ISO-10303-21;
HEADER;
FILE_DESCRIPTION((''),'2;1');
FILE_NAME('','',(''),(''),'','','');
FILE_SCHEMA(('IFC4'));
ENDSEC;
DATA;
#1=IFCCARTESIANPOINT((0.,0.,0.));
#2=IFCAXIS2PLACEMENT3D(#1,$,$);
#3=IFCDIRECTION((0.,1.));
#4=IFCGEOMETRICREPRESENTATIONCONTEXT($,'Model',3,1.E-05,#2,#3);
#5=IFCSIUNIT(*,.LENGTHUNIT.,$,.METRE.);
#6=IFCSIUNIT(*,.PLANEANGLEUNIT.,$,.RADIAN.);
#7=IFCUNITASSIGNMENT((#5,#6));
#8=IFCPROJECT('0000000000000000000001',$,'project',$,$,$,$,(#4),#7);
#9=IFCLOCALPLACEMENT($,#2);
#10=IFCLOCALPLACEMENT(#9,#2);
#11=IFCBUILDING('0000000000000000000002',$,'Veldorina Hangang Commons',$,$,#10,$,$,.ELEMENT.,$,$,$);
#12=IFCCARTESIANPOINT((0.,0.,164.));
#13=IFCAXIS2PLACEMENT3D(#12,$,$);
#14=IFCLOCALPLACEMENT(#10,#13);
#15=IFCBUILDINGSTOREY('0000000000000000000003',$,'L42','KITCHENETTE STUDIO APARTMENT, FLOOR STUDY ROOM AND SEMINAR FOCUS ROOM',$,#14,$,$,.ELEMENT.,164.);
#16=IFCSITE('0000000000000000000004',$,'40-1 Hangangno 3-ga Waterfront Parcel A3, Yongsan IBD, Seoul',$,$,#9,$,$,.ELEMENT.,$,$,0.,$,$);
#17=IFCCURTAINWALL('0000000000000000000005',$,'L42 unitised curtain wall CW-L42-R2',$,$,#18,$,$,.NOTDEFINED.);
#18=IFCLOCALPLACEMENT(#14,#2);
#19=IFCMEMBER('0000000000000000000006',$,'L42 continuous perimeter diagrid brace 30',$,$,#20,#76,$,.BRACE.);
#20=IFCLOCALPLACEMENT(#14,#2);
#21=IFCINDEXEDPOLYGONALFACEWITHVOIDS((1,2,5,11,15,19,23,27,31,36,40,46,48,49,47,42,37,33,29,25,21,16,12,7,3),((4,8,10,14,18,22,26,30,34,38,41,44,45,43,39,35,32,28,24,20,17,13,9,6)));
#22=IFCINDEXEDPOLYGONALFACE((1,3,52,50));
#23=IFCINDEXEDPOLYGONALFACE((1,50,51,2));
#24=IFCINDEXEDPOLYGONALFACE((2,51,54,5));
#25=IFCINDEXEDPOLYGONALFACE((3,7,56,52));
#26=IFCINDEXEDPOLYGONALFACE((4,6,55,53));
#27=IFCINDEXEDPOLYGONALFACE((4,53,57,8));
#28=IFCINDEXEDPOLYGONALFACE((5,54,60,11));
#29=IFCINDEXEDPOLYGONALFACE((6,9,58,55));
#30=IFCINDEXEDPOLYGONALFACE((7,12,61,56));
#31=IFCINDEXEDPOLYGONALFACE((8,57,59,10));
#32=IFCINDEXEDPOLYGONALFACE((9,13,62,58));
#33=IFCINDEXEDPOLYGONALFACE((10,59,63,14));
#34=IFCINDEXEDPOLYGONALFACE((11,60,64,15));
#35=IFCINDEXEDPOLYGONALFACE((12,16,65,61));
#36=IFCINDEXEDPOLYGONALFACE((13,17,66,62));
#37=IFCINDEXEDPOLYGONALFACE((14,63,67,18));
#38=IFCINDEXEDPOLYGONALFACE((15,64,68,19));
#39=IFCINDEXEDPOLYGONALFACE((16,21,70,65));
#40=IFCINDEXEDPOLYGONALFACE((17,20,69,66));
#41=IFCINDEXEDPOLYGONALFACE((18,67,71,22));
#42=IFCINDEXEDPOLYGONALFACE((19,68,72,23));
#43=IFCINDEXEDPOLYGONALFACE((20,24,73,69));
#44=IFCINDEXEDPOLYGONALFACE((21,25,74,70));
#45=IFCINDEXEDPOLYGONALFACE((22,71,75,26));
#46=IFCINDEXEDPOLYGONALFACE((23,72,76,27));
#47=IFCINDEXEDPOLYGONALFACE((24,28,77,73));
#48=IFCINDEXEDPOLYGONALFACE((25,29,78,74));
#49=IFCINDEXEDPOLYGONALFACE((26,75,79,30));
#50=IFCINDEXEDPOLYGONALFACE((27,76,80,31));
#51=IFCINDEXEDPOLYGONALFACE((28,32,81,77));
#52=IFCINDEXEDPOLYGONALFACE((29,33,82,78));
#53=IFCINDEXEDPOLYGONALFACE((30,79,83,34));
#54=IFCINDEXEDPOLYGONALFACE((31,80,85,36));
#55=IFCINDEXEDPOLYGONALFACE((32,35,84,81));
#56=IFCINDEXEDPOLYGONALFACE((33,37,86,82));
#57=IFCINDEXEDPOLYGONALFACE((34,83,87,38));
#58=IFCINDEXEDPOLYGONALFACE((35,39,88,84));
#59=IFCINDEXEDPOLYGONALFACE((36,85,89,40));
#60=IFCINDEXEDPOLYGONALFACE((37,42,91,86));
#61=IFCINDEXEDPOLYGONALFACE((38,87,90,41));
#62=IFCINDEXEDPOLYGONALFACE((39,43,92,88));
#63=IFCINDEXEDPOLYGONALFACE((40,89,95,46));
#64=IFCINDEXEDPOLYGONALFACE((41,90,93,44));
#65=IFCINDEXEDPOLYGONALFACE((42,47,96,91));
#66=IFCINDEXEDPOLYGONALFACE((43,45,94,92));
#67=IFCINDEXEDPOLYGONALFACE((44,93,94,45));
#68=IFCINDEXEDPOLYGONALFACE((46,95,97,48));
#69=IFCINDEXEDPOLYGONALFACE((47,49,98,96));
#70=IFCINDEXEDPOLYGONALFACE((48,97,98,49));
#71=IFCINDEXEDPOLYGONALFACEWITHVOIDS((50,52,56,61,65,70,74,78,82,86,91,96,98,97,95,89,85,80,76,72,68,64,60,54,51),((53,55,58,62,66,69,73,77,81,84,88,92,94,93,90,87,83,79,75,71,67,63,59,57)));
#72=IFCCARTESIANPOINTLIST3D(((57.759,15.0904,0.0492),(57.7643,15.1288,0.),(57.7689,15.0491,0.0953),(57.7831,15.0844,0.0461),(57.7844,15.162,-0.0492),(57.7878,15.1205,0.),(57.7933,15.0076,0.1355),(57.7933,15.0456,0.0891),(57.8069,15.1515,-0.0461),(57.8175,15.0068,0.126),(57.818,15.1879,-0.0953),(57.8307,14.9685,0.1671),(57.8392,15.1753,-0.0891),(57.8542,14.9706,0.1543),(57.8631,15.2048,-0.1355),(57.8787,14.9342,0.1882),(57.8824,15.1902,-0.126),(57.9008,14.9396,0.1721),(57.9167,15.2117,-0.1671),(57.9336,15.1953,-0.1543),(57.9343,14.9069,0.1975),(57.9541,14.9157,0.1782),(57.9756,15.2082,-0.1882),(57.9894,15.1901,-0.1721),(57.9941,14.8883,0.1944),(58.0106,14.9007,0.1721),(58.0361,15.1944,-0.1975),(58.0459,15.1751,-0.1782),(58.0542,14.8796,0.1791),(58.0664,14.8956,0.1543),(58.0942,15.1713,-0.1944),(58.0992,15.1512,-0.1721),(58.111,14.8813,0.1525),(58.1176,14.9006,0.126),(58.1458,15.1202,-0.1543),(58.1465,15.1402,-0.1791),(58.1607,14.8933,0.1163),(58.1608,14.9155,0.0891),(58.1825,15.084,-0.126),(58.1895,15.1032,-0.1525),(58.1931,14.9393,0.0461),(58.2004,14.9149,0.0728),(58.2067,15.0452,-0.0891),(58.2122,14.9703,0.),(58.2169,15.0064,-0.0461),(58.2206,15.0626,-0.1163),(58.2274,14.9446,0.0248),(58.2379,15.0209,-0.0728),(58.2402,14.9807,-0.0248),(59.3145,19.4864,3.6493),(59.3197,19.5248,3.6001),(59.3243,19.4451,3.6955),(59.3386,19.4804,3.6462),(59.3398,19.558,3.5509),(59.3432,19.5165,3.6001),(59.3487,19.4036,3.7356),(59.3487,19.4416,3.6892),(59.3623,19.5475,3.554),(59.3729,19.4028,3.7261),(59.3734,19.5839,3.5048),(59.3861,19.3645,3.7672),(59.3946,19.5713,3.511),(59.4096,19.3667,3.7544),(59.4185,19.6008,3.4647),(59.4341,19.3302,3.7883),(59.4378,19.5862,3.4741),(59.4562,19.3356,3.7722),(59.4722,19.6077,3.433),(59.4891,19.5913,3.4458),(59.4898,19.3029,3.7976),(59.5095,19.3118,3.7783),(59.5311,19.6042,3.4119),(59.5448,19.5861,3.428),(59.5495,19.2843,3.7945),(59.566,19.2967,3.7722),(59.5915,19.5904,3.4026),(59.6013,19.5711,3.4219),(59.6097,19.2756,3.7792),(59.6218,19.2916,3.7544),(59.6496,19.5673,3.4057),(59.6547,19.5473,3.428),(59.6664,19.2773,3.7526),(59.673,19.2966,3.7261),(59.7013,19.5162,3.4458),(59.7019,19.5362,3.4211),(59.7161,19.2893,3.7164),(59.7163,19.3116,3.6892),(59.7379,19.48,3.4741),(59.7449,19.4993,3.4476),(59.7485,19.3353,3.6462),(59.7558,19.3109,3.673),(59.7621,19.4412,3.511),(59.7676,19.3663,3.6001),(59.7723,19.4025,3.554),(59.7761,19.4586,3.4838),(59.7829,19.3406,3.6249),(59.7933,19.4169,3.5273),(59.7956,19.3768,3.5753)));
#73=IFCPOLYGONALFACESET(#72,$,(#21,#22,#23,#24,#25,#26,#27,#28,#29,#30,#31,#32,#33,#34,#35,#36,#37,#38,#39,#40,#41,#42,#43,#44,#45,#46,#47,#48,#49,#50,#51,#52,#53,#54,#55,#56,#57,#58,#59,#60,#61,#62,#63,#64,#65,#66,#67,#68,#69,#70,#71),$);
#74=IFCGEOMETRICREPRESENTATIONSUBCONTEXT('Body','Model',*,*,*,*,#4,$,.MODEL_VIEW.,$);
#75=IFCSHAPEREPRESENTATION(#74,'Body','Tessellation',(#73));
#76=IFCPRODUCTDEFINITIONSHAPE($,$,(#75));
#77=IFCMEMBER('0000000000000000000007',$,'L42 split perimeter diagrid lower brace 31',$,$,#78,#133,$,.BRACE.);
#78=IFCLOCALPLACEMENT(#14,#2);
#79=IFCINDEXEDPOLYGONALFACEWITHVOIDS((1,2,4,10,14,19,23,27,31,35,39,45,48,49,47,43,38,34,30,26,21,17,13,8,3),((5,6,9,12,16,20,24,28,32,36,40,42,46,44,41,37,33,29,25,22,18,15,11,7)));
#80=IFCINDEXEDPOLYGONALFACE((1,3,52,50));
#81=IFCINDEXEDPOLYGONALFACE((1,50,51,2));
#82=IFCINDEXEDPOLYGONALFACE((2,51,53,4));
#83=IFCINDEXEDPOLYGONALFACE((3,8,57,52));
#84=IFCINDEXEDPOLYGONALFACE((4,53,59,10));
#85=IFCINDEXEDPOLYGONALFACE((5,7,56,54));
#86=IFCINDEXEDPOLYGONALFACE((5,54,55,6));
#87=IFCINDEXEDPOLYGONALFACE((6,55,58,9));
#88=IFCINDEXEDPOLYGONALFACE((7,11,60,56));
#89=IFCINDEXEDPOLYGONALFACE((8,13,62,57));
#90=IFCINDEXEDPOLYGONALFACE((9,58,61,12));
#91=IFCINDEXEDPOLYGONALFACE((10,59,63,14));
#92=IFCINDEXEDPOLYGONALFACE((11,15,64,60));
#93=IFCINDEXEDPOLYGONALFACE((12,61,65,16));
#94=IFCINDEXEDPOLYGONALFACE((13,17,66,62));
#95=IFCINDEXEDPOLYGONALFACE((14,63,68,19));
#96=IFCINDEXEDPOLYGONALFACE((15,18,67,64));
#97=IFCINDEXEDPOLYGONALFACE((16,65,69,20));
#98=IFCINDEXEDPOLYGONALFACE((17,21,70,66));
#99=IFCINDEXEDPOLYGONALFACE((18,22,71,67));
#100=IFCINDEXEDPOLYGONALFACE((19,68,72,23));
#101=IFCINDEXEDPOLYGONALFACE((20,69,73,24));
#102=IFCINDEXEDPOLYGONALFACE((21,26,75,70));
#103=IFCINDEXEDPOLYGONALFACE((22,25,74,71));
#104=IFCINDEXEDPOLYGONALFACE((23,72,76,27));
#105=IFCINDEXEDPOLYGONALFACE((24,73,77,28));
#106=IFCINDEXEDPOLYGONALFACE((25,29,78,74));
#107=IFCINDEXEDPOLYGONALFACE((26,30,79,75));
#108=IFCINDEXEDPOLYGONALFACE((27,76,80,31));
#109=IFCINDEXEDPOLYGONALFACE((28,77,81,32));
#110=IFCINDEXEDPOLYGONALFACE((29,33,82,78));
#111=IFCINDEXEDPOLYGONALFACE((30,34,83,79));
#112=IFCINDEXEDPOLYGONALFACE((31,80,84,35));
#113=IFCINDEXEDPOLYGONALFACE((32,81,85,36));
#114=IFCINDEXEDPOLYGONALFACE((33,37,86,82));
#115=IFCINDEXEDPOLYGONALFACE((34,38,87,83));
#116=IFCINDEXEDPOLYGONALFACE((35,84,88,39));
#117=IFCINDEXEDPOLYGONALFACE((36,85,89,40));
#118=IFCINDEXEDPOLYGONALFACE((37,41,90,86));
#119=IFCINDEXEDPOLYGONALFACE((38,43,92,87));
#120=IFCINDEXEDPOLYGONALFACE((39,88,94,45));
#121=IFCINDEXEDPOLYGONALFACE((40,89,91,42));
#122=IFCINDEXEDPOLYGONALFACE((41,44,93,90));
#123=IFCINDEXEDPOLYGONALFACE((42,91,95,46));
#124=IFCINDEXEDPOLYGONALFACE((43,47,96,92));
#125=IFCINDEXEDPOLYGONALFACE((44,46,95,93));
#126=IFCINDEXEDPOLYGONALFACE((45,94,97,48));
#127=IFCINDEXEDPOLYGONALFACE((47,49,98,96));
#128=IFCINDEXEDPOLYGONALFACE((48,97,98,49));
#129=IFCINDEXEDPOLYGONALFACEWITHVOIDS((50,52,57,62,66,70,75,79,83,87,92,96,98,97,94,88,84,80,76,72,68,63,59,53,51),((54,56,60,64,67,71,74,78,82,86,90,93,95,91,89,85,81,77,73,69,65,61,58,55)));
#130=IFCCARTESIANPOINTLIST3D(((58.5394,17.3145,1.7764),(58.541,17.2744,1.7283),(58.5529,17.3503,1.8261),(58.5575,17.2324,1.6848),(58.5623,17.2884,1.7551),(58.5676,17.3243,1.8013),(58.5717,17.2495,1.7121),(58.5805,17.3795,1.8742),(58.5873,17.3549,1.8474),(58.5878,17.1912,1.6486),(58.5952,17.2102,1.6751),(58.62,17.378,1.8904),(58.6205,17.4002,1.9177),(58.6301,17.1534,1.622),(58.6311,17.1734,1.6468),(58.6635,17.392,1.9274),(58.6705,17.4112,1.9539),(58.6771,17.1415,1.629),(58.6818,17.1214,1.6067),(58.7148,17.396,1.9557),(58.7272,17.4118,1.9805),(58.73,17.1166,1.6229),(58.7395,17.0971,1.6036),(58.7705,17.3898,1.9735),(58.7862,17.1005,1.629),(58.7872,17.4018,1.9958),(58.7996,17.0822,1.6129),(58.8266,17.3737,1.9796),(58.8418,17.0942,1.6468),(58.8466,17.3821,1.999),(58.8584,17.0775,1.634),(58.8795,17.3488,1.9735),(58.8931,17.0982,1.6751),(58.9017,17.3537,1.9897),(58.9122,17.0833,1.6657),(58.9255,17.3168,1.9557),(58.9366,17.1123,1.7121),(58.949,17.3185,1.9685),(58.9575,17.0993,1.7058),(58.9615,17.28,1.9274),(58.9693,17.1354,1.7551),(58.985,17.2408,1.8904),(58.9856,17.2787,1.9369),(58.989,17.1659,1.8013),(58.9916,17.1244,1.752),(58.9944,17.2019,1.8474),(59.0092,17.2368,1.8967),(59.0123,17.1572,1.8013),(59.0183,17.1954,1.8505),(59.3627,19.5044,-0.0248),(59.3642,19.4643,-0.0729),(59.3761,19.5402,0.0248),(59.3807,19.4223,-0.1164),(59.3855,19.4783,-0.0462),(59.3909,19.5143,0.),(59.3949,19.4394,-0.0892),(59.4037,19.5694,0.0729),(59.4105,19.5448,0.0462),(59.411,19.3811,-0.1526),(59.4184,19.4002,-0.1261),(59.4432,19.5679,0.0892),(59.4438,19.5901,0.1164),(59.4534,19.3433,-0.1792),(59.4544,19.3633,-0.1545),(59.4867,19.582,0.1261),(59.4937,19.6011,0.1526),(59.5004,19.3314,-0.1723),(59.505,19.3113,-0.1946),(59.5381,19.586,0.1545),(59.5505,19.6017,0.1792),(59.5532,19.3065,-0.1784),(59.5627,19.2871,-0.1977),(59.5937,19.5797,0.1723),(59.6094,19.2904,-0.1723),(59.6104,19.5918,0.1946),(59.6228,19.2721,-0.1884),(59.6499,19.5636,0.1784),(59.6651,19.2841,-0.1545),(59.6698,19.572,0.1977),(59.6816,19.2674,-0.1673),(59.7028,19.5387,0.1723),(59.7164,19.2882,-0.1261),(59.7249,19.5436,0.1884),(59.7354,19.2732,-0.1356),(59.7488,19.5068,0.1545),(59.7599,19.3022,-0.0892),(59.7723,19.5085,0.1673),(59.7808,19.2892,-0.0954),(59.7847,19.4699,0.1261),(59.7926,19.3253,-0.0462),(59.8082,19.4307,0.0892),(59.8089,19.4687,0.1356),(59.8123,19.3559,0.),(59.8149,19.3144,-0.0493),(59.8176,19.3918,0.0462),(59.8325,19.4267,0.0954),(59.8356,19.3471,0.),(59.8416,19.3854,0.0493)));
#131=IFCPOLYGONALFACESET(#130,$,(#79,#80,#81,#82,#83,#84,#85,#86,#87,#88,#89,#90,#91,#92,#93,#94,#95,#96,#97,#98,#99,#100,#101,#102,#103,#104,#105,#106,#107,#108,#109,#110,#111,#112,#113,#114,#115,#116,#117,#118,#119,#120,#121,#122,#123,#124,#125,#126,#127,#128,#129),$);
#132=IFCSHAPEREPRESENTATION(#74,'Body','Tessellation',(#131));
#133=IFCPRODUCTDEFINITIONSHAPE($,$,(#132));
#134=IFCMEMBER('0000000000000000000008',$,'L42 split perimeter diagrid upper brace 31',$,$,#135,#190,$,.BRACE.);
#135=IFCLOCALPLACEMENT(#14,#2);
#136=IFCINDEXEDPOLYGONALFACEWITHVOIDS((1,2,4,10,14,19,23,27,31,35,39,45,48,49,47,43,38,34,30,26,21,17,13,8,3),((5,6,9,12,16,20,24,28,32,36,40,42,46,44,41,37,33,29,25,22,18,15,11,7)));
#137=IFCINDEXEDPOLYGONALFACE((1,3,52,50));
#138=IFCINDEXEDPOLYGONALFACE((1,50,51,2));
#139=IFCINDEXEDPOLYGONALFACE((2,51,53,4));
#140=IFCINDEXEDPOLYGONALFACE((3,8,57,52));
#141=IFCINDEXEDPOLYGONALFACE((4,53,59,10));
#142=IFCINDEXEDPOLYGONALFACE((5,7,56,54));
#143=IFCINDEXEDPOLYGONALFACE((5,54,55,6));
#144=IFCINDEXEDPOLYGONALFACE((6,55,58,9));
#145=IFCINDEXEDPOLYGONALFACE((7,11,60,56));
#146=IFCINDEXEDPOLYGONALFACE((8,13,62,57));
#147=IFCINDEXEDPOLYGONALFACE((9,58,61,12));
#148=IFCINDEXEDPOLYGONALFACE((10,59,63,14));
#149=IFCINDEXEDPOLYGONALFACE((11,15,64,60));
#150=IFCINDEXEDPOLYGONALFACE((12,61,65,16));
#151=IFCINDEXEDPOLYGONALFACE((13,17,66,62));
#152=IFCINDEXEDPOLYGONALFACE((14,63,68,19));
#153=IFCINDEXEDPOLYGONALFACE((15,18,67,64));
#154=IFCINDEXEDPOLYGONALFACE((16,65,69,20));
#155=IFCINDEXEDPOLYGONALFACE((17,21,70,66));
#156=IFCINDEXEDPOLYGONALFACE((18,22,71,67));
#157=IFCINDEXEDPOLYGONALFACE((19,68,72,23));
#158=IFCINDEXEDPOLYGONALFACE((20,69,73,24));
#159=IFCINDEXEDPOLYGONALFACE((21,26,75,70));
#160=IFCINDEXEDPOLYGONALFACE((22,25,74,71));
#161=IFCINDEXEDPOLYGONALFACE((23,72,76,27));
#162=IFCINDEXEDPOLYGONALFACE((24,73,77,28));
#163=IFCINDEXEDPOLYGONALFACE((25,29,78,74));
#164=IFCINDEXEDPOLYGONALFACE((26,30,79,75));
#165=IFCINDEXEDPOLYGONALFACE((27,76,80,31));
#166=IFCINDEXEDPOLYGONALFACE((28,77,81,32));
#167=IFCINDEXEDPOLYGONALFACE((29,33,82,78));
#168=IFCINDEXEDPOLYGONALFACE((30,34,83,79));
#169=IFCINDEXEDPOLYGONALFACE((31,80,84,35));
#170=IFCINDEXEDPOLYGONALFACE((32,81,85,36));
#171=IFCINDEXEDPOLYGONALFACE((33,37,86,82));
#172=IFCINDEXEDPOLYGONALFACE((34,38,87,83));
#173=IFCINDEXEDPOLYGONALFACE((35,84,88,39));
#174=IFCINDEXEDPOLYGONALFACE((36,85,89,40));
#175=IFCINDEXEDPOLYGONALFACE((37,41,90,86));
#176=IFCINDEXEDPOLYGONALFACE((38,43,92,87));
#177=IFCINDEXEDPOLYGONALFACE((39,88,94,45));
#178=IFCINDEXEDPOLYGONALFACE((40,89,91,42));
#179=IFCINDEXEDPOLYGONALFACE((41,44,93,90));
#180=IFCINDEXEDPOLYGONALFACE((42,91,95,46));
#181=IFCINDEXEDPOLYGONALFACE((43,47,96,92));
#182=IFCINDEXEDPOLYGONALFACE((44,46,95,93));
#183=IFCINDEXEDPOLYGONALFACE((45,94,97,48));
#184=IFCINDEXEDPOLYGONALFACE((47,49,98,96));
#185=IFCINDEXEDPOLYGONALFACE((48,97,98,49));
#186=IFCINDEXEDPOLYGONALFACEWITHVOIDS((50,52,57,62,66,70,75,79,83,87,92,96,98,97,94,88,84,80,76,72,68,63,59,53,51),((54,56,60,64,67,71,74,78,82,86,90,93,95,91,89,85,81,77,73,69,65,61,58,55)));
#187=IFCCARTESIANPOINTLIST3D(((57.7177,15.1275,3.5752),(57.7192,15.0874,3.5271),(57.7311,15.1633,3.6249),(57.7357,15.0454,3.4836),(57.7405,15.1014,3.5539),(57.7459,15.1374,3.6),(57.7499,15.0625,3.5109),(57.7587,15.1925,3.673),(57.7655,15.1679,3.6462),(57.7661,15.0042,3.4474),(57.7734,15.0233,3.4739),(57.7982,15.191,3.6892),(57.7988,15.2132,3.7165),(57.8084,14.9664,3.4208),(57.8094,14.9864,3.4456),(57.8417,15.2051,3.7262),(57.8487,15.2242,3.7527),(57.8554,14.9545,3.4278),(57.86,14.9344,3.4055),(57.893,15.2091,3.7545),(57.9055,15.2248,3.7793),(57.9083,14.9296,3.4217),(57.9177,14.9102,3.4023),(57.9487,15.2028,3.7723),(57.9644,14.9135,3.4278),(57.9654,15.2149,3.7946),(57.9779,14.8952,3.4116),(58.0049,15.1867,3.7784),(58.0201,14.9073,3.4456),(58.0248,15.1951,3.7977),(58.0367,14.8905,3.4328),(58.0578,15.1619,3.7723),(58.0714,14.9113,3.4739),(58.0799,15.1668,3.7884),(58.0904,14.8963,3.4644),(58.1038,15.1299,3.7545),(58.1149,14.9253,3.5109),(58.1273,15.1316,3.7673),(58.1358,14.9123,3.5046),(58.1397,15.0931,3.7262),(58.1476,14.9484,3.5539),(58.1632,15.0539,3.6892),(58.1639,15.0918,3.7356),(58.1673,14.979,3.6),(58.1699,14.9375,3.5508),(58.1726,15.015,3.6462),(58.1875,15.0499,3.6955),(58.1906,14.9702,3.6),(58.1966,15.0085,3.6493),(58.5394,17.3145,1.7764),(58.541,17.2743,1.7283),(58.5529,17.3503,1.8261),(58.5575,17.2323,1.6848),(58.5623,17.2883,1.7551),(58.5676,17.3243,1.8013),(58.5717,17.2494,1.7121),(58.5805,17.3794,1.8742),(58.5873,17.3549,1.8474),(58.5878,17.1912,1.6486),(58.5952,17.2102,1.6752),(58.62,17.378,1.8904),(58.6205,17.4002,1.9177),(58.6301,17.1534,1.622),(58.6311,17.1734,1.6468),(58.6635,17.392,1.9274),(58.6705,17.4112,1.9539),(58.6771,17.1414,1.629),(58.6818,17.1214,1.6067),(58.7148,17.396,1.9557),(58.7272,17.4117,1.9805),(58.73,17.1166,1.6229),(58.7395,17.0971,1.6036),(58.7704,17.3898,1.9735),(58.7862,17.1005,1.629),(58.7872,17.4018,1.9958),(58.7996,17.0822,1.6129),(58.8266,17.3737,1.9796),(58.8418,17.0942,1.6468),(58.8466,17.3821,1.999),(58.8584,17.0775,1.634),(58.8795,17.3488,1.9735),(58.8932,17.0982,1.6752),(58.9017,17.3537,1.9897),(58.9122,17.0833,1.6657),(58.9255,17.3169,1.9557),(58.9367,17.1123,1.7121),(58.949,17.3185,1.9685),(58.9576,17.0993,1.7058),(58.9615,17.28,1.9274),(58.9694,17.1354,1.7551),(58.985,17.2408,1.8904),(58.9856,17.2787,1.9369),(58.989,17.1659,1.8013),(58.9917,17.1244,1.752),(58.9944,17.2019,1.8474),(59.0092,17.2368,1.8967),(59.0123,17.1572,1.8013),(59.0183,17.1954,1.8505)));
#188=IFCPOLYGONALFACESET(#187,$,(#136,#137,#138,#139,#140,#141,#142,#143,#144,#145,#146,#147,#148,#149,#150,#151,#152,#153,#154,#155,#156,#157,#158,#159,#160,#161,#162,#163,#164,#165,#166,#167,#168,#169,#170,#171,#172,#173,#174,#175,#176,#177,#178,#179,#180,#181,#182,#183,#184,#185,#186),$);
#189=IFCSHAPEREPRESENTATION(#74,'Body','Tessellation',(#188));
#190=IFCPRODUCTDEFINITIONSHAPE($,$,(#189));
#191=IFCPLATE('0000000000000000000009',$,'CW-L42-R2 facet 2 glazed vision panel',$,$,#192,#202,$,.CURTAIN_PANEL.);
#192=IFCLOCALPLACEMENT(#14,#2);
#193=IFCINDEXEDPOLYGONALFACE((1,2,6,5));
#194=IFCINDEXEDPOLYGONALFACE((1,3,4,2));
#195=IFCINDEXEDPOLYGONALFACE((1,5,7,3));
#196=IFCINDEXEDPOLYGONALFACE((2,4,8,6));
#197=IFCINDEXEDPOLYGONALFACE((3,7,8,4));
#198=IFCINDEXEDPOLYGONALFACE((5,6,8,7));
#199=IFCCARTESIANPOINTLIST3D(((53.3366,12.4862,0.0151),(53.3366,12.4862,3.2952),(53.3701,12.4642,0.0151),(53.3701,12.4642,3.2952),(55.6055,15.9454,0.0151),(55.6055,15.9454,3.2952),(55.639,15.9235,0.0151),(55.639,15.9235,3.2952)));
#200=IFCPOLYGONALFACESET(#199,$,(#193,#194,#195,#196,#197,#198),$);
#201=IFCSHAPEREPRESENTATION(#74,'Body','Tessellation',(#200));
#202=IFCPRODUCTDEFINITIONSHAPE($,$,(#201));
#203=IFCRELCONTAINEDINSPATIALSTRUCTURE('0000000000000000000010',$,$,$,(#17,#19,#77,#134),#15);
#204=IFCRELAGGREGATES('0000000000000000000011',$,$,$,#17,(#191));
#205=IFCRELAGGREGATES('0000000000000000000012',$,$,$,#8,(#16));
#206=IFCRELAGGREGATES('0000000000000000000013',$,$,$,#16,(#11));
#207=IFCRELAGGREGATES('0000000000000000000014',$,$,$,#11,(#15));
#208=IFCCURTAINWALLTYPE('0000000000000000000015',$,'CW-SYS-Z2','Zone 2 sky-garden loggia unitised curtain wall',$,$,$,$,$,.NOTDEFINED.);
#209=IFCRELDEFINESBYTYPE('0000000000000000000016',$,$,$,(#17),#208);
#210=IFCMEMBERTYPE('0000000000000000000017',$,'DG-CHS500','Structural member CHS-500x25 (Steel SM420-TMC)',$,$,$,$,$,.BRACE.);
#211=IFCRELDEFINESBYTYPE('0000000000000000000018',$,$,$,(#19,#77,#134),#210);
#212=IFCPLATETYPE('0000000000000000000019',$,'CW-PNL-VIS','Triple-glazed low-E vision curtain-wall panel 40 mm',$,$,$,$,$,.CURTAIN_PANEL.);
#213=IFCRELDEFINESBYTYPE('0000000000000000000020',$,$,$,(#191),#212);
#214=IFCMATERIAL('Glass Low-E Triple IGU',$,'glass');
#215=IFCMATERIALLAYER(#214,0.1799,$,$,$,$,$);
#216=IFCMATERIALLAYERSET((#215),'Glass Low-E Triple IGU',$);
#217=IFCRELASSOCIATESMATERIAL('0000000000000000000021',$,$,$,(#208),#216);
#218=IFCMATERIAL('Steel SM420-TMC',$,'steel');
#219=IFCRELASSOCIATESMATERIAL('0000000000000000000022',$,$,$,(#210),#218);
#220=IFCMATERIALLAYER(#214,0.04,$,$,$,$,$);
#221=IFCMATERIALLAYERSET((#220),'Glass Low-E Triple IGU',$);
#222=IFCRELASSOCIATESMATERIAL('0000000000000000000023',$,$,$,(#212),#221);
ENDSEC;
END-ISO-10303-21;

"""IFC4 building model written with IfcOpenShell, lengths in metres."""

from ifc_helpers import new_model, si_unit, direction, frame, origin, origin_2d, place, context, subcontext, project, spatial, rectangle, hollow_circle, extrude, material, layer, layer_set, material_profile, profile_set, type_object, element, aggregate, save


model = new_model("IFC4")

# Units and contexts
model_context = context("Model", 3, precision=1e-05, world=origin(), true_north=direction((0.0, 1.0)))
body_context = subcontext(model_context, "Body", "Model", "MODEL_VIEW")
ifc_project = project(units=[si_unit("LENGTHUNIT", "METRE"), si_unit("PLANEANGLEUNIT", "RADIAN")], contexts=[model_context])

# Site, building, storey
site_placement = place(None, origin())
site = spatial("IfcSite", under=ifc_project, at=site_placement, Name="40-1 Hangangno 3-ga Waterfront Parcel A3, Yongsan IBD, Seoul", CompositionType="ELEMENT", RefElevation=0.0)
building_placement = place(site_placement, origin())
building = spatial("IfcBuilding", under=site, at=building_placement, Name="Veldorina Hangang Commons", CompositionType="ELEMENT")
storey_placement = place(building_placement, frame((0.0, 0.0, 164.0)))
storey = spatial("IfcBuildingStorey", under=building, at=storey_placement, Name="L42", Description="KITCHENETTE STUDIO APARTMENT, FLOOR STUDY ROOM AND SEMINAR FOCUS ROOM", CompositionType="ELEMENT", Elevation=164.0)

# Shared definitions
ifc_material_1 = material(Name="Steel SM420-TMC", Category="steel")

# Curtain wall
ifc_material_2 = material(Name="Glass Low-E Triple IGU", Category="glass")
ifc_layer_1 = layer(ifc_material_2, 0.1799)
ifc_layer_set_1 = layer_set([ifc_layer_1], Name="Glass Low-E Triple IGU")
curtain_wall_type = type_object("IfcCurtainWallType", Name="CW-SYS-Z2", Description="Zone 2 sky-garden loggia unitised curtain wall", PredefinedType="NOTDEFINED", material=ifc_layer_set_1)
curtain_wall_placement = place(storey_placement, origin())
curtain_wall = element("IfcCurtainWall", 1, at=curtain_wall_placement, inside=storey, type_object=curtain_wall_type, Name="L42 unitised curtain wall CW-L42-R2", PredefinedType="NOTDEFINED")

# Members
ifc_material_profile_1 = material_profile(ifc_material_1, hollow_circle(Radius=0.25, WallThickness=0.0249, at=origin_2d()), Name="CHS-500x25")
ifc_profile_set_1 = profile_set([ifc_material_profile_1], Name="Steel SM420-TMC")
member_type_1 = type_object("IfcMemberType", Name="DG-CHS500", Description="Structural member CHS-500x25 (Steel SM420-TMC)", PredefinedType="BRACE", material=ifc_profile_set_1)
member_1_placement = place(storey_placement, frame((58.0, 15.0454, 0.0), z_axis=(0.26403, 0.746212, 0.61111), x_axis=(-0.942728, 0.333562, 0.0)))
element("IfcMember", 2, at=member_1_placement, inside=storey, type_object=member_type_1, Name="L42 continuous perimeter diagrid brace 30", PredefinedType="BRACE", context=body_context, shape_type="SweptSolid", body=[
    extrude(hollow_circle(Radius=0.25, WallThickness=0.0249, at=origin_2d()), origin(), (0.0, 0.0, 1.0), 5.8911),
])
member_2_placement = place(storey_placement, frame((59.6016, 19.4351, 0.0), z_axis=(-0.278815, -0.741687, 0.610052), x_axis=(0.936046, -0.351878, 0.0)))
element("IfcMember", 3, at=member_2_placement, inside=storey, type_object=member_type_1, Name="L42 split perimeter diagrid lower brace 31", PredefinedType="BRACE", context=body_context, shape_type="SweptSolid", body=[
    extrude(hollow_circle(Radius=0.25, WallThickness=0.0249, at=origin_2d()), origin(), (0.0, 0.0, 1.0), 2.9526),
])
member_3_placement = place(storey_placement, frame((58.7783, 17.2451, 1.8013), z_axis=(-0.278703, -0.741717, 0.610066), x_axis=(0.936097, -0.351742, 0.0)))
element("IfcMember", 4, at=member_3_placement, inside=storey, type_object=member_type_1, Name="L42 split perimeter diagrid upper brace 31", PredefinedType="BRACE", context=body_context, shape_type="SweptSolid", body=[
    extrude(hollow_circle(Radius=0.25, WallThickness=0.0249, at=origin_2d()), origin(), (0.0, 0.0, 1.0), 2.9485),
])

# Plate
ifc_layer_2 = layer(ifc_material_2, 0.04)
ifc_layer_set_2 = layer_set([ifc_layer_2], Name="Glass Low-E Triple IGU")
plate_type_1 = type_object("IfcPlateType", Name="CW-PNL-VIS", Description="Triple-glazed low-E vision curtain-wall panel 40 mm", PredefinedType="CURTAIN_PANEL", material=ifc_layer_set_2)
plate_1_placement = place(storey_placement, frame((54.4878, 14.2048, 0.0151), z_axis=(0.0, 0.0, 1.0), x_axis=(0.548454, 0.836181, 0.0)))
plate_1 = element("IfcPlate", 5, at=plate_1_placement, type_object=plate_type_1, Name="CW-L42-R2 facet 2 glazed vision panel", PredefinedType="CURTAIN_PANEL", context=body_context, shape_type="SweptSolid", body=[
    extrude(rectangle(XDim=4.137, YDim=0.04, at=origin_2d()), origin(), (0.0, 0.0, 1.0), 3.28),
])
aggregate(curtain_wall, [plate_1])

save(model, "model.ifc")
